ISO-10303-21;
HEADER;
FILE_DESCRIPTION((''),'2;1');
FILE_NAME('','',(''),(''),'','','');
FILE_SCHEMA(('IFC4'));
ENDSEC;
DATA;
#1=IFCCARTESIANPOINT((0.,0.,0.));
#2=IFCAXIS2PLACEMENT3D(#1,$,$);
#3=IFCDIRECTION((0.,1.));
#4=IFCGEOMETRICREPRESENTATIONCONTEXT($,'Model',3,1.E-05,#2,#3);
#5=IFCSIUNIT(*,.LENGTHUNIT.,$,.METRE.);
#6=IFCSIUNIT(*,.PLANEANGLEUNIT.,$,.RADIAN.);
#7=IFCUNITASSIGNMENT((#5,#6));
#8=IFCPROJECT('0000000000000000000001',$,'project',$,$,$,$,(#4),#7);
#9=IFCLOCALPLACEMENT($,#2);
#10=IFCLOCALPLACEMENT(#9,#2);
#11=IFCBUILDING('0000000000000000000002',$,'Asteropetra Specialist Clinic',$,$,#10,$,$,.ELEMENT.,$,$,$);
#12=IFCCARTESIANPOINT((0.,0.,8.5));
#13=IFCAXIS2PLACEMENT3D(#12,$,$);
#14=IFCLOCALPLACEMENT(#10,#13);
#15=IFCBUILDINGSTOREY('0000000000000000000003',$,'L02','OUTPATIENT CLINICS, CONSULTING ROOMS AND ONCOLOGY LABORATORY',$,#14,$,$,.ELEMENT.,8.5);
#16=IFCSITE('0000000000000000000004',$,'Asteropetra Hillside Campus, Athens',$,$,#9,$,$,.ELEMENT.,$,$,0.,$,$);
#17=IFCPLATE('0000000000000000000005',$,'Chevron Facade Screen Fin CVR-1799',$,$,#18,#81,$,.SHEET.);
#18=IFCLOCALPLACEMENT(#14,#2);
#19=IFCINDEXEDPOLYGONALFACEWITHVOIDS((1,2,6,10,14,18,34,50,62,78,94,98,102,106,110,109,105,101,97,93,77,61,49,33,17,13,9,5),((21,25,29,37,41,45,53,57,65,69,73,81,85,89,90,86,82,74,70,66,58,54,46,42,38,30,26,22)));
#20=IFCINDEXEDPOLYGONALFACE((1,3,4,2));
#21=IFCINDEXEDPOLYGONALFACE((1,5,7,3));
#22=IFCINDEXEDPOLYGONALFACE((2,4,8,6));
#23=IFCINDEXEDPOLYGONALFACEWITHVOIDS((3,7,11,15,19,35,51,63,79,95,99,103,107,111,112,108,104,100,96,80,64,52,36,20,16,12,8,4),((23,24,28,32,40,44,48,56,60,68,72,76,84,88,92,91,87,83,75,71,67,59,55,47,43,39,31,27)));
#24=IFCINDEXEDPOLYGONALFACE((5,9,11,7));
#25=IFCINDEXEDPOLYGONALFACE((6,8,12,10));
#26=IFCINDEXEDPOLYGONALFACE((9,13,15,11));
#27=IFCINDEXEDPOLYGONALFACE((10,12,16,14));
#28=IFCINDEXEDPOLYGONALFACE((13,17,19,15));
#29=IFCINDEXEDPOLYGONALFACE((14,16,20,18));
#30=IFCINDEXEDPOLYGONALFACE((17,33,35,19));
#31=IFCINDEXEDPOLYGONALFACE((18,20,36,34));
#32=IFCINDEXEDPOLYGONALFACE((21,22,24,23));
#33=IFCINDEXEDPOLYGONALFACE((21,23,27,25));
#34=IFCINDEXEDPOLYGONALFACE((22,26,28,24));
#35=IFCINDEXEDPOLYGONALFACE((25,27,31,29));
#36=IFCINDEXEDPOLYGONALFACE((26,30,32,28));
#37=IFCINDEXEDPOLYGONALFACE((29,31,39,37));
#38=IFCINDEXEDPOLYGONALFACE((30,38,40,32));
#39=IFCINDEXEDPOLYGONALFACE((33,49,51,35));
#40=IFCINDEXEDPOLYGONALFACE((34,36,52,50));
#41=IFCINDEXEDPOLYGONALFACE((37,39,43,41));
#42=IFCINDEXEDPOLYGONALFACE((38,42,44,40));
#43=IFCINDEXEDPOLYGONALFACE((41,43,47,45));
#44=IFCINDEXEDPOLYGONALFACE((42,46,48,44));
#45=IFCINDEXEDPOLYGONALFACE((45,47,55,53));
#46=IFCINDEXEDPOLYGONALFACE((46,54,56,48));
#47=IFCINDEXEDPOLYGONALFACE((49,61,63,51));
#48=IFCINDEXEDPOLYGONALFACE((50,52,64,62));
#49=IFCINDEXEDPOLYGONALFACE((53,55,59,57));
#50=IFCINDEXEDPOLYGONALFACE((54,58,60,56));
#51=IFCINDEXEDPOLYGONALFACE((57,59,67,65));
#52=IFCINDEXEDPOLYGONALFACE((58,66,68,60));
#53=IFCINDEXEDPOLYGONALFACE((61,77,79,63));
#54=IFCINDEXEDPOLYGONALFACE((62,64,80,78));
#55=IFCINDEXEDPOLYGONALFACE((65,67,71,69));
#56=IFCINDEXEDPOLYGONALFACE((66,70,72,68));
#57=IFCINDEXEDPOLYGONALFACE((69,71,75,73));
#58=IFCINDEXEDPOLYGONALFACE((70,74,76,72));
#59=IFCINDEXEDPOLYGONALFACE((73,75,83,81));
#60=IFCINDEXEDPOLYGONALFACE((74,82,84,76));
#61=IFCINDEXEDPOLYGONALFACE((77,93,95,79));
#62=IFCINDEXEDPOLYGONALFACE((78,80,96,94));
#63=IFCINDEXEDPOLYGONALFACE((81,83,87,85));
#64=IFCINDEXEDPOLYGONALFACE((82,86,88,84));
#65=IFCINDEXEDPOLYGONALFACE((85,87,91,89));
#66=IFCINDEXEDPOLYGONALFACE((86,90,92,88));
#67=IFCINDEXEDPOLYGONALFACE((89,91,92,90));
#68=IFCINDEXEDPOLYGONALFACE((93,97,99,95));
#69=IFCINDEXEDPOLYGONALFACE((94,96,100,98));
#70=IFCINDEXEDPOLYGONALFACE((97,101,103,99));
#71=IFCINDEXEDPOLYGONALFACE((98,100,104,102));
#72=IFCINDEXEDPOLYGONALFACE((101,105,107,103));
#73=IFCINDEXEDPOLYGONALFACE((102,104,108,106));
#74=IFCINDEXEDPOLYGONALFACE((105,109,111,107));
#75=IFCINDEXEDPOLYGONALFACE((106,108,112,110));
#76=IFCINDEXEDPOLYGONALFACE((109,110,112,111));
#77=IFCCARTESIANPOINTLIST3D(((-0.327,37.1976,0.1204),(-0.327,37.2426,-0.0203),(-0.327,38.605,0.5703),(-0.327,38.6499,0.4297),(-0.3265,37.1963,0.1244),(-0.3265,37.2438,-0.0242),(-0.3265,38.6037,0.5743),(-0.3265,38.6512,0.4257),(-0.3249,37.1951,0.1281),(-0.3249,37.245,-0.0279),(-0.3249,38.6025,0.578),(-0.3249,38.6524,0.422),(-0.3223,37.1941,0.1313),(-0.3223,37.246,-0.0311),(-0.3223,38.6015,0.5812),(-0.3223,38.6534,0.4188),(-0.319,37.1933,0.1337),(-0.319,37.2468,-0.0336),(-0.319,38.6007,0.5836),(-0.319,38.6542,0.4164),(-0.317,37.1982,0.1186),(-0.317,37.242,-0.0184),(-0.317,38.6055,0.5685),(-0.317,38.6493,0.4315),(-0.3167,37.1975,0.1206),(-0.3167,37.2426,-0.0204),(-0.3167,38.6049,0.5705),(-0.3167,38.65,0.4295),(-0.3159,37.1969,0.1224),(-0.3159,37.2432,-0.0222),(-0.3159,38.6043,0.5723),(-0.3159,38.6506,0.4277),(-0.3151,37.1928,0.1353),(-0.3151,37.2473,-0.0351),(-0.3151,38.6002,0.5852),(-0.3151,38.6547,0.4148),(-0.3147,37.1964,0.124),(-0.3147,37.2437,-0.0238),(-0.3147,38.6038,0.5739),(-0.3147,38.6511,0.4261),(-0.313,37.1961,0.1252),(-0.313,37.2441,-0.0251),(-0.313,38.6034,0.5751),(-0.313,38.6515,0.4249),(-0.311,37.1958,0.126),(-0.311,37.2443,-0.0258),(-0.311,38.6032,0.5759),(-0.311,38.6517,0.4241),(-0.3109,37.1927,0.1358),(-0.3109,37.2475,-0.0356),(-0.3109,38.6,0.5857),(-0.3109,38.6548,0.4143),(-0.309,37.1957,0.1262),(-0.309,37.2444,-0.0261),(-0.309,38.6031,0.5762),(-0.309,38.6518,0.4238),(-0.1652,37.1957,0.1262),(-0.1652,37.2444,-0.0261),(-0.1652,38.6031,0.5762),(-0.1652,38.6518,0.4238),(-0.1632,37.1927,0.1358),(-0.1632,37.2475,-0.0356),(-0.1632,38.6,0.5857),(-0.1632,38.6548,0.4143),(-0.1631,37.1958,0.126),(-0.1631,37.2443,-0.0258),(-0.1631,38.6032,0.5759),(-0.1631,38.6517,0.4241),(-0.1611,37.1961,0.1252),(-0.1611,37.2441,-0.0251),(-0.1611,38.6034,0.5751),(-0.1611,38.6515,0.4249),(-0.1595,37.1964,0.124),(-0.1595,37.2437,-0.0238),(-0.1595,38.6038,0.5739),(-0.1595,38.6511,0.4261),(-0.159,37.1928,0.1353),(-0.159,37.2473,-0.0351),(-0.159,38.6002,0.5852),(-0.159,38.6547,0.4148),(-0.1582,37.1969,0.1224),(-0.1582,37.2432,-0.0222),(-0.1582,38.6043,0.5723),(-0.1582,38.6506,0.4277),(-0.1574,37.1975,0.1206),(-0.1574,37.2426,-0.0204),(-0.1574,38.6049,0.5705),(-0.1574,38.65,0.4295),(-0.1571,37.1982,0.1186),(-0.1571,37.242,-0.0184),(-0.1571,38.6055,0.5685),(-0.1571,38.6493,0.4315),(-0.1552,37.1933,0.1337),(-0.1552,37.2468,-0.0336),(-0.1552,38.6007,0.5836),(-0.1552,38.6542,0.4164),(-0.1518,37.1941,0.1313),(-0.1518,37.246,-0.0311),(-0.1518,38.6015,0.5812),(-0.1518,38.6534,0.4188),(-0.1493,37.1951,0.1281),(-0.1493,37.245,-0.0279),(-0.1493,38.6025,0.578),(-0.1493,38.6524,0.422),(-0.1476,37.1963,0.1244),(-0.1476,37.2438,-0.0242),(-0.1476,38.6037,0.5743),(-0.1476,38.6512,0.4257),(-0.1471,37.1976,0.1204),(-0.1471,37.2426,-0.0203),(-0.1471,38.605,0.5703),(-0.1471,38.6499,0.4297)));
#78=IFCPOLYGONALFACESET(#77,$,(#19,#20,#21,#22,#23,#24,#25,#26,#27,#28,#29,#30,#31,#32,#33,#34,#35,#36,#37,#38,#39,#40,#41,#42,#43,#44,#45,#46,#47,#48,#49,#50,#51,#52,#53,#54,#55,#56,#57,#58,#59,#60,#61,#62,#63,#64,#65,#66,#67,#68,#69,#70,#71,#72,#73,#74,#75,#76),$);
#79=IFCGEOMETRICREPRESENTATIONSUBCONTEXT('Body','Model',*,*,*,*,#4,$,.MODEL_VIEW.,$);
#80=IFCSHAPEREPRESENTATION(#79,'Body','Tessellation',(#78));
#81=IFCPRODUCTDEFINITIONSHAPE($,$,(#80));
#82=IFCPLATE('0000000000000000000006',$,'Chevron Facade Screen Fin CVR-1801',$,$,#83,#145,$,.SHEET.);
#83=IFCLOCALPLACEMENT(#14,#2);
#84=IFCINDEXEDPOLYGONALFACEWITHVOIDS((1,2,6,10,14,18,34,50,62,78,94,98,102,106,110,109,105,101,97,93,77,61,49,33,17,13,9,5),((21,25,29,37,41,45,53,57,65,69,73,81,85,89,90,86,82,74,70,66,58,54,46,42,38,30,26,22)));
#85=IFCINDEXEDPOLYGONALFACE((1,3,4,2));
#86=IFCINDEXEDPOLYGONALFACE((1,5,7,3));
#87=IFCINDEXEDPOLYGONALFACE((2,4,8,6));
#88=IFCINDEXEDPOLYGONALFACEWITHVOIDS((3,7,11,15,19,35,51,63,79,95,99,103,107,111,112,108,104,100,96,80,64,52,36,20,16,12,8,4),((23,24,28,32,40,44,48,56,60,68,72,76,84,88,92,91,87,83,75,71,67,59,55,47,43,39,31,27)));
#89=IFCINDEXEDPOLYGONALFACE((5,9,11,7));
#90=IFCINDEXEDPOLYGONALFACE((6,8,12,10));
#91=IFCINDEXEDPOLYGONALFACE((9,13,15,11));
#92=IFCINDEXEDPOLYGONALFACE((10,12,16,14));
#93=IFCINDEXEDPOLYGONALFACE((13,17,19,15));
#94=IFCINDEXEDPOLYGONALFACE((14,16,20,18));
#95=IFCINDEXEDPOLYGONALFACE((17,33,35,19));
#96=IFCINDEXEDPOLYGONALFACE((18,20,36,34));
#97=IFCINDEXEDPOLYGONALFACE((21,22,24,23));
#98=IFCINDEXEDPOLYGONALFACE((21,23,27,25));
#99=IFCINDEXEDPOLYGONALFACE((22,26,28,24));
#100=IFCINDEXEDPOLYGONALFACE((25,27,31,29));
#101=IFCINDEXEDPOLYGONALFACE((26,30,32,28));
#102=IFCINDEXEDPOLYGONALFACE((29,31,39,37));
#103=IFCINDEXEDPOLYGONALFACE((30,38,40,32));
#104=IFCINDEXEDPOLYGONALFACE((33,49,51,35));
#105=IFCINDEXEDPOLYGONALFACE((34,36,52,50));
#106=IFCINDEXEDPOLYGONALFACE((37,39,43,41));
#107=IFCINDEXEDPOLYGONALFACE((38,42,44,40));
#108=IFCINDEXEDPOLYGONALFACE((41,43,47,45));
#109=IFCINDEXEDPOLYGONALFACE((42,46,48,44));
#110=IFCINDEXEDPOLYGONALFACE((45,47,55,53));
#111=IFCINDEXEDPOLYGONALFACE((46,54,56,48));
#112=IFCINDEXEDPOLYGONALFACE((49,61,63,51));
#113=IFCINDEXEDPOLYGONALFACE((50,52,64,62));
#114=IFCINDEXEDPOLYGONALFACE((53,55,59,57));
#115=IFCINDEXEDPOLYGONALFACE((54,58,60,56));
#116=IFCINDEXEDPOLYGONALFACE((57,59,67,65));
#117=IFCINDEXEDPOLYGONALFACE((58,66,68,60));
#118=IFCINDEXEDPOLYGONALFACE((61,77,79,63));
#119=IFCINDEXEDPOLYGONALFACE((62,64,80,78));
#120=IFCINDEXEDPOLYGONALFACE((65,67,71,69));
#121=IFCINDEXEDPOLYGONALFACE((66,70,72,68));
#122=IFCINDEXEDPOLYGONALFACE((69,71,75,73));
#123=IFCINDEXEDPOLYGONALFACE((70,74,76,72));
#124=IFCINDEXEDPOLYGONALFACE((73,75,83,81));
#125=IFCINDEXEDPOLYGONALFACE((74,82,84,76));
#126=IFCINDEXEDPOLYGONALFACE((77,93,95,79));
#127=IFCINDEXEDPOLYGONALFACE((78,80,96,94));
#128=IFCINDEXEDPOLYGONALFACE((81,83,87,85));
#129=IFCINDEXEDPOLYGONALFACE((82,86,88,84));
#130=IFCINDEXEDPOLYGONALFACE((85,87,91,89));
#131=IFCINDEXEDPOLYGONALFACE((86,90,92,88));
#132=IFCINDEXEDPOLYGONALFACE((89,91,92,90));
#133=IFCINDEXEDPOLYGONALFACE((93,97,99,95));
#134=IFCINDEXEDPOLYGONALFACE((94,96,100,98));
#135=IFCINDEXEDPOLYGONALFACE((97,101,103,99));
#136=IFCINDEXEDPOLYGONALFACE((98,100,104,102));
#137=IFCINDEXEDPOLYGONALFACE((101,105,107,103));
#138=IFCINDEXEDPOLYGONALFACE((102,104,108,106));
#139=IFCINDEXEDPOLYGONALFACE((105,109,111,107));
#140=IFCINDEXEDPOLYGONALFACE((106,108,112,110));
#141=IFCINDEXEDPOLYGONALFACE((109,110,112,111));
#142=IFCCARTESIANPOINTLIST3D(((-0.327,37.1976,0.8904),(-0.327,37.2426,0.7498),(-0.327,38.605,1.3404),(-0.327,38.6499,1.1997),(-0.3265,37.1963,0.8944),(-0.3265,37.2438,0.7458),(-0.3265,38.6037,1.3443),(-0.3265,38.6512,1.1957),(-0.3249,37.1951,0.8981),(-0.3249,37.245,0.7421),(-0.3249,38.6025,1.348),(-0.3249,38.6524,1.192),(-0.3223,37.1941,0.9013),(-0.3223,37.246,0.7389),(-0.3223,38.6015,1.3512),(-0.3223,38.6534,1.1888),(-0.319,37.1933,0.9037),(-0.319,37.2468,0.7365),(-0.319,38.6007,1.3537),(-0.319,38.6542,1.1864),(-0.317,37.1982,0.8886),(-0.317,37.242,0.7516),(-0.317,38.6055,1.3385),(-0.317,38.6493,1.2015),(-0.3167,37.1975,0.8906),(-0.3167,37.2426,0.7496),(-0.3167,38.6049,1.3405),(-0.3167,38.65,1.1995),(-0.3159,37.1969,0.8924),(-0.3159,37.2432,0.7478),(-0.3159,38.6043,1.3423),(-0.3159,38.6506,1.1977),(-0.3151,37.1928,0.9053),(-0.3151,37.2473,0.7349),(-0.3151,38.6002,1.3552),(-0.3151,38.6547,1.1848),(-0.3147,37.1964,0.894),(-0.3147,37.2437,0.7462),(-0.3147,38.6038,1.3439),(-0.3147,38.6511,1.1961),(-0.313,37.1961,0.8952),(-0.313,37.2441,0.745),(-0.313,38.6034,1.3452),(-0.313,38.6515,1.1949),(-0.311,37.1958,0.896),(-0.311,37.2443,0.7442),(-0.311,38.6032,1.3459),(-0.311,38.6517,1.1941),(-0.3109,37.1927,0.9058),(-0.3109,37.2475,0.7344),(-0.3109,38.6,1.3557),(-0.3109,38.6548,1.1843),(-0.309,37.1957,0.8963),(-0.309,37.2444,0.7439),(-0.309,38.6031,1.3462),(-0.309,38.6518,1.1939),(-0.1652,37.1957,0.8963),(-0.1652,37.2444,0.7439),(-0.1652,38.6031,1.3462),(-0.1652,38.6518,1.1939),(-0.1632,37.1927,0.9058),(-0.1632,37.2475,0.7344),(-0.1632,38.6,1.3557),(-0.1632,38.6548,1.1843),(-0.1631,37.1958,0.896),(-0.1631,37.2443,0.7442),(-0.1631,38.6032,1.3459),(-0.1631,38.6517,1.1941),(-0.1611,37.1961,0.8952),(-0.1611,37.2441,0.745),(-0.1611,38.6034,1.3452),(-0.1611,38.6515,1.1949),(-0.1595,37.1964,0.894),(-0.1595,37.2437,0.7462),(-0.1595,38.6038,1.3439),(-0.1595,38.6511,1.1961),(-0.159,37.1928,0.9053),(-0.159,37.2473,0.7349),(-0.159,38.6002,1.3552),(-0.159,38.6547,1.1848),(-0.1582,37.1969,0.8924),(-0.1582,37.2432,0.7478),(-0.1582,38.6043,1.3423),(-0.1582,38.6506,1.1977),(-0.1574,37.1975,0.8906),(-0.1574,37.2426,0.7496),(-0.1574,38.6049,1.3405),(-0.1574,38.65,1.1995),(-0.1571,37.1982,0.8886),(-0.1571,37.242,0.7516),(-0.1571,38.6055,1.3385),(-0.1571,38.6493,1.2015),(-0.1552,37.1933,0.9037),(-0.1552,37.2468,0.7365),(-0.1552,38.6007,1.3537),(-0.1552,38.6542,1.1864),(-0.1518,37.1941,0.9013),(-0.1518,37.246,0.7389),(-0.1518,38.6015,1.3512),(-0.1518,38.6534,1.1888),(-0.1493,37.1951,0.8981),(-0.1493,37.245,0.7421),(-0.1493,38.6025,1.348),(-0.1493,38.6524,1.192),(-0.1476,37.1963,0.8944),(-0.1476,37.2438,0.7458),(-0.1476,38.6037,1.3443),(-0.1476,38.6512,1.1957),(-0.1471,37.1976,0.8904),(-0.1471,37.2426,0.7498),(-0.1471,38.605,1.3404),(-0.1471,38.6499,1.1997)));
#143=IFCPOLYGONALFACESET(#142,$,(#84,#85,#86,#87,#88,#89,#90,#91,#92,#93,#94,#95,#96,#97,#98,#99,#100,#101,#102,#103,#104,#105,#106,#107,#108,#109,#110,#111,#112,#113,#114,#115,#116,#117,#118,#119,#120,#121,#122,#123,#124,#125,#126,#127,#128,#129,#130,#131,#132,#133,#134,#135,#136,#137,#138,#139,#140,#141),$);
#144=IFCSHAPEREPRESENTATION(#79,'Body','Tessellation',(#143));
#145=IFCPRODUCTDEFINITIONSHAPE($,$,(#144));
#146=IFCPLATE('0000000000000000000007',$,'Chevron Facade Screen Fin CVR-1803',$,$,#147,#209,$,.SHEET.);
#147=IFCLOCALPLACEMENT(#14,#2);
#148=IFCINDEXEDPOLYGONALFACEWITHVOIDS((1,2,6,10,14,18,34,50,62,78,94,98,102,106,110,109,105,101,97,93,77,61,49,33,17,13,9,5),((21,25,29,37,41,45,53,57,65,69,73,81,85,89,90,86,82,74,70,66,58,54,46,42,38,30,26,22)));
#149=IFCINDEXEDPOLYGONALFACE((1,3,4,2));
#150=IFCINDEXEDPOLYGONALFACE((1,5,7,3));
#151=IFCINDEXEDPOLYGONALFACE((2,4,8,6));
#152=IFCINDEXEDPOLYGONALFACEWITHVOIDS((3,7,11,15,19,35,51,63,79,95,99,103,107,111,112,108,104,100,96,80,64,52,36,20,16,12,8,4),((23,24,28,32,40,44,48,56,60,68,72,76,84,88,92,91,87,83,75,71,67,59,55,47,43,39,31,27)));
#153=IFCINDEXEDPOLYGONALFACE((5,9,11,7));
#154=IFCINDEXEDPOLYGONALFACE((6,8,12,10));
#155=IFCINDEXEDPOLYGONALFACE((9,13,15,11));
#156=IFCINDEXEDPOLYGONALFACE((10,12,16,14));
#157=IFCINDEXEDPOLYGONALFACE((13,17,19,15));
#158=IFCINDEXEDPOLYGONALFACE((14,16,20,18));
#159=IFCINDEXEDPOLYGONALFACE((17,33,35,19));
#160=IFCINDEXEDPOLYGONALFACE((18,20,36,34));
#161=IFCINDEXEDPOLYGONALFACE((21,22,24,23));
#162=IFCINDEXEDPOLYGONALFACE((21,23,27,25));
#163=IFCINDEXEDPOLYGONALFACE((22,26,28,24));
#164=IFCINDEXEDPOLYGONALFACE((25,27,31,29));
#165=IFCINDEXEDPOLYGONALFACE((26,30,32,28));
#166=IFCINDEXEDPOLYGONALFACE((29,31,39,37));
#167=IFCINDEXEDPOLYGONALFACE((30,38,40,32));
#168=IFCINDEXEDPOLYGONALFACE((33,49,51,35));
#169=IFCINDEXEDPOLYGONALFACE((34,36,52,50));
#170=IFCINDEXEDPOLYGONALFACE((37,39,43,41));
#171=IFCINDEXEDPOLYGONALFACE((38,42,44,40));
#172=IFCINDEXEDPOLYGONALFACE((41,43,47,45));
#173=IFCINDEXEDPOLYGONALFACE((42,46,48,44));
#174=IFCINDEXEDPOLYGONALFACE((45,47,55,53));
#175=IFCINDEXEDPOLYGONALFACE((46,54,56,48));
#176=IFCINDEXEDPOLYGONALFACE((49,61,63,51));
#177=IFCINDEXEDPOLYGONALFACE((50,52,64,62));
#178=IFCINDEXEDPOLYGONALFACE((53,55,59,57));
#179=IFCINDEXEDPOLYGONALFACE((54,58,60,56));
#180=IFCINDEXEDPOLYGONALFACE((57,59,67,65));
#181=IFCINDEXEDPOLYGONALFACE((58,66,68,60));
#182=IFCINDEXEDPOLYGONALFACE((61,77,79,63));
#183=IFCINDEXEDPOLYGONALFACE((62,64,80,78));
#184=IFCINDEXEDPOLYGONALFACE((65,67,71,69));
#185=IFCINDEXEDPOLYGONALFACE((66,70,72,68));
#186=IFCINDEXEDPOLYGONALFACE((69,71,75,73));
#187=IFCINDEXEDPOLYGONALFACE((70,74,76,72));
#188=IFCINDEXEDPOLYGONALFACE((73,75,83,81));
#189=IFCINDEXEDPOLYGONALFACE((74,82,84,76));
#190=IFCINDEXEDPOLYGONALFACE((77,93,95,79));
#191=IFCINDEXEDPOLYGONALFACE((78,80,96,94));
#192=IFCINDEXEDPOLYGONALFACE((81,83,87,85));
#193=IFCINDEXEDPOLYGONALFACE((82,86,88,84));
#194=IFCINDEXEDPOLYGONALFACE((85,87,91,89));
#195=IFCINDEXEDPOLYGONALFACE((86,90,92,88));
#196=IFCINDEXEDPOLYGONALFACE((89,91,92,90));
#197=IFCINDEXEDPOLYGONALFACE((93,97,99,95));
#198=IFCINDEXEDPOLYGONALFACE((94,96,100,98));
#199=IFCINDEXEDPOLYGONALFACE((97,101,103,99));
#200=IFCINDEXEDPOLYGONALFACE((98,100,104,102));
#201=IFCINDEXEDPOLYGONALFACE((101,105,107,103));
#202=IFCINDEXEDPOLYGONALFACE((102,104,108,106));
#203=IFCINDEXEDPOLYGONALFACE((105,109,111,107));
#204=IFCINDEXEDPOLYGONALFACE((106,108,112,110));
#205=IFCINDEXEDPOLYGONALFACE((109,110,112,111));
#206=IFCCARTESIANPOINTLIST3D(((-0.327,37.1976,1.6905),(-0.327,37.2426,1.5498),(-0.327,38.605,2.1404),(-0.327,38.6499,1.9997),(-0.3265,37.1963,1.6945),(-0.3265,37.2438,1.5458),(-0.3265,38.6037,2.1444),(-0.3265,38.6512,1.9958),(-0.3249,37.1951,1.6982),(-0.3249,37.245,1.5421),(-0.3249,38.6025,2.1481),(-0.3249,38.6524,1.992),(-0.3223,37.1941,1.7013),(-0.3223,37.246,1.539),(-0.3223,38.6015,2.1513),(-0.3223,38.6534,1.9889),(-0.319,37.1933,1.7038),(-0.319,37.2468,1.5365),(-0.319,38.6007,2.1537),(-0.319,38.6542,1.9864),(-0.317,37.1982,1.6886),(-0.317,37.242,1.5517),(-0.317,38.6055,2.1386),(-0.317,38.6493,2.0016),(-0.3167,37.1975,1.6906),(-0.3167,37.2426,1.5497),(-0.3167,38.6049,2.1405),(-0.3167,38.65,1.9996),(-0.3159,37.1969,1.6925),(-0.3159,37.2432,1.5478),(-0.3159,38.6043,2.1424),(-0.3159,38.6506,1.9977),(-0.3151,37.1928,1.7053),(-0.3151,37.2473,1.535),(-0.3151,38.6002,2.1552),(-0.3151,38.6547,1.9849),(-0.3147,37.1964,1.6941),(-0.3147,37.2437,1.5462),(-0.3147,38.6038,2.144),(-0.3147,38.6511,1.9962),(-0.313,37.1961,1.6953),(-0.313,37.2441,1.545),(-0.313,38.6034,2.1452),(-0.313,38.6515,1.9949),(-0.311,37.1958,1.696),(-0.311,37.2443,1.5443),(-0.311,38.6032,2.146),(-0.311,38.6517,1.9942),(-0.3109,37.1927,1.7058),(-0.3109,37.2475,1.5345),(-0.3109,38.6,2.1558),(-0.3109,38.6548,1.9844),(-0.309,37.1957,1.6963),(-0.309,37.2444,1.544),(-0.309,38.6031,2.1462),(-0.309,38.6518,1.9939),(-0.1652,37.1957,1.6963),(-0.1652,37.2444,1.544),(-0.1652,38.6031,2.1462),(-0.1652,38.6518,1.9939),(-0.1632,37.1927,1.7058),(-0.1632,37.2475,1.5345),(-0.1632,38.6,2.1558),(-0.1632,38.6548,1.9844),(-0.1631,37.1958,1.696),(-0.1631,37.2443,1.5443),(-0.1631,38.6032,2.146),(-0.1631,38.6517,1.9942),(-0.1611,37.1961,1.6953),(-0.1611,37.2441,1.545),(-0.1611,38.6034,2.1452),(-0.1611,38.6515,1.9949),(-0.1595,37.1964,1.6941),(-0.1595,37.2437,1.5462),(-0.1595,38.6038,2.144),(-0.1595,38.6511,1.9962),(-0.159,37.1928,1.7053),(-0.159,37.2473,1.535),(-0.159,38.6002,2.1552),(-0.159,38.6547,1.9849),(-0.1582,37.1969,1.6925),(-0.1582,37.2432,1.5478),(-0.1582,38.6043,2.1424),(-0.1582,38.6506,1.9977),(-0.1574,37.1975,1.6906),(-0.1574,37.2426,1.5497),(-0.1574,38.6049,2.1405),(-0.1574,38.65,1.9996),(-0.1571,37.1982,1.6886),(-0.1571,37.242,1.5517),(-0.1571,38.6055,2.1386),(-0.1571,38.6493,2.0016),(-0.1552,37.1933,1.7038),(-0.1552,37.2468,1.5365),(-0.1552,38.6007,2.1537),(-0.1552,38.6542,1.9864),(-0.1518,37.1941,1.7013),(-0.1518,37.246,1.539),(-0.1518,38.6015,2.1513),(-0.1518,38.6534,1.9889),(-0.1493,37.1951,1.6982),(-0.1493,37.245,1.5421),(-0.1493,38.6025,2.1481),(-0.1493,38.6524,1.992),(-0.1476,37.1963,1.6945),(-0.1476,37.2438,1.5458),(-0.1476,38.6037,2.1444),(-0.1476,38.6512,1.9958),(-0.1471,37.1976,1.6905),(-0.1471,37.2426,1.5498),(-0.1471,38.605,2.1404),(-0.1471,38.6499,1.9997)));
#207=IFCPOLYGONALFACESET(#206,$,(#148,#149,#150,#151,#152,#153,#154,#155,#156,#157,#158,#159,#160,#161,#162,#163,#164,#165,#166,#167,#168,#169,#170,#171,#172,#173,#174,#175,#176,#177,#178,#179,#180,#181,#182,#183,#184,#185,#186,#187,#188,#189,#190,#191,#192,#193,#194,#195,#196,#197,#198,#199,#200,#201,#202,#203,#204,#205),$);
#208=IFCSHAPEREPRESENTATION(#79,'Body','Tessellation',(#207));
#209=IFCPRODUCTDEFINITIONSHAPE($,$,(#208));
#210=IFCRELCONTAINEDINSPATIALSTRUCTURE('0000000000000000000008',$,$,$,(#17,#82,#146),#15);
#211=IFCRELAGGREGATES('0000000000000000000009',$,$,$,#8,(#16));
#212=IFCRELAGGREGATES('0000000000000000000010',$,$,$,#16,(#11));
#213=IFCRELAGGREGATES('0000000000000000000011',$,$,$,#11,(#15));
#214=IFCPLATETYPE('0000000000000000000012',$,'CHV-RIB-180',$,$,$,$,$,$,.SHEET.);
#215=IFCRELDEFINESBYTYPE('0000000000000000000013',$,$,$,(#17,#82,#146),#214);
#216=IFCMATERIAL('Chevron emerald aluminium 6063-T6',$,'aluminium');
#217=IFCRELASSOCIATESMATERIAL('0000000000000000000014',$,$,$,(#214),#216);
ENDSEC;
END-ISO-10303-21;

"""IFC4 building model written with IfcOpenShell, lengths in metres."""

from ifc_helpers import new_model, si_unit, direction, frame, origin, origin_2d, place, context, subcontext, project, spatial, hollow_rectangle, extrude, material, material_profile, profile_set, type_object, element, save


model = new_model("IFC4")

# Units and contexts
model_context = context("Model", 3, precision=1e-05, world=origin(), true_north=direction((0.0, 1.0)))
body_context = subcontext(model_context, "Body", "Model", "MODEL_VIEW")
ifc_project = project(units=[si_unit("LENGTHUNIT", "METRE"), si_unit("PLANEANGLEUNIT", "RADIAN")], contexts=[model_context])

# Site, building, storey
site_placement = place(None, origin())
site = spatial("IfcSite", under=ifc_project, at=site_placement, Name="Asteropetra Hillside Campus, Athens", CompositionType="ELEMENT", RefElevation=0.0)
building_placement = place(site_placement, origin())
building = spatial("IfcBuilding", under=site, at=building_placement, Name="Asteropetra Specialist Clinic", CompositionType="ELEMENT")
storey_placement = place(building_placement, frame((0.0, 0.0, 8.5)))
storey = spatial("IfcBuildingStorey", under=building, at=storey_placement, Name="L02", Description="OUTPATIENT CLINICS, CONSULTING ROOMS AND ONCOLOGY LABORATORY", CompositionType="ELEMENT", Elevation=8.5)

# Plates
ifc_material_1 = material(Name="Chevron emerald aluminium 6063-T6", Category="aluminium")
ifc_material_profile = material_profile(ifc_material_1, hollow_rectangle(XDim=0.1799, YDim=0.1799, WallThickness=0.01, InnerFilletRadius=0.0081, OuterFilletRadius=0.0161, at=origin_2d()), Name="SHS 180x180x10.0")
ifc_profile_set = profile_set([ifc_material_profile], Name="Chevron emerald aluminium 6063-T6")
plate_type_1 = type_object("IfcPlateType", Name="CHV-RIB-180", PredefinedType="SHEET", material=ifc_profile_set)
for number, where, z_axis, x_axis, name in (
    (1, (-0.2371, 38.6274, 0.5), (0.0, -0.95251, -0.304506), (1.0, 0.0, 0.0), "Chevron Facade Screen Fin CVR-1799"),
    (2, (-0.2371, 38.6274, 1.27), (0.0, -0.95251, -0.304506), (1.0, 0.0, 0.0), "Chevron Facade Screen Fin CVR-1801"),
    (3, (-0.2371, 38.6274, 2.0701), (0.0, -0.95251, -0.304506), (1.0, 0.0, 0.0), "Chevron Facade Screen Fin CVR-1803"),
):
    element("IfcPlate", number, at=place(storey_placement, frame(where, z_axis=z_axis, x_axis=x_axis)), inside=storey, type_object=plate_type_1, Name=name, PredefinedType="SHEET", context=body_context, shape_type="SweptSolid", body=[
        extrude(hollow_rectangle(XDim=0.1799, YDim=0.1799, WallThickness=0.01, InnerFilletRadius=0.0081, OuterFilletRadius=0.0161, at=origin_2d()), origin(), (0.0, 0.0, 1.0), 1.4775),
    ])

save(model, "model.ifc")
